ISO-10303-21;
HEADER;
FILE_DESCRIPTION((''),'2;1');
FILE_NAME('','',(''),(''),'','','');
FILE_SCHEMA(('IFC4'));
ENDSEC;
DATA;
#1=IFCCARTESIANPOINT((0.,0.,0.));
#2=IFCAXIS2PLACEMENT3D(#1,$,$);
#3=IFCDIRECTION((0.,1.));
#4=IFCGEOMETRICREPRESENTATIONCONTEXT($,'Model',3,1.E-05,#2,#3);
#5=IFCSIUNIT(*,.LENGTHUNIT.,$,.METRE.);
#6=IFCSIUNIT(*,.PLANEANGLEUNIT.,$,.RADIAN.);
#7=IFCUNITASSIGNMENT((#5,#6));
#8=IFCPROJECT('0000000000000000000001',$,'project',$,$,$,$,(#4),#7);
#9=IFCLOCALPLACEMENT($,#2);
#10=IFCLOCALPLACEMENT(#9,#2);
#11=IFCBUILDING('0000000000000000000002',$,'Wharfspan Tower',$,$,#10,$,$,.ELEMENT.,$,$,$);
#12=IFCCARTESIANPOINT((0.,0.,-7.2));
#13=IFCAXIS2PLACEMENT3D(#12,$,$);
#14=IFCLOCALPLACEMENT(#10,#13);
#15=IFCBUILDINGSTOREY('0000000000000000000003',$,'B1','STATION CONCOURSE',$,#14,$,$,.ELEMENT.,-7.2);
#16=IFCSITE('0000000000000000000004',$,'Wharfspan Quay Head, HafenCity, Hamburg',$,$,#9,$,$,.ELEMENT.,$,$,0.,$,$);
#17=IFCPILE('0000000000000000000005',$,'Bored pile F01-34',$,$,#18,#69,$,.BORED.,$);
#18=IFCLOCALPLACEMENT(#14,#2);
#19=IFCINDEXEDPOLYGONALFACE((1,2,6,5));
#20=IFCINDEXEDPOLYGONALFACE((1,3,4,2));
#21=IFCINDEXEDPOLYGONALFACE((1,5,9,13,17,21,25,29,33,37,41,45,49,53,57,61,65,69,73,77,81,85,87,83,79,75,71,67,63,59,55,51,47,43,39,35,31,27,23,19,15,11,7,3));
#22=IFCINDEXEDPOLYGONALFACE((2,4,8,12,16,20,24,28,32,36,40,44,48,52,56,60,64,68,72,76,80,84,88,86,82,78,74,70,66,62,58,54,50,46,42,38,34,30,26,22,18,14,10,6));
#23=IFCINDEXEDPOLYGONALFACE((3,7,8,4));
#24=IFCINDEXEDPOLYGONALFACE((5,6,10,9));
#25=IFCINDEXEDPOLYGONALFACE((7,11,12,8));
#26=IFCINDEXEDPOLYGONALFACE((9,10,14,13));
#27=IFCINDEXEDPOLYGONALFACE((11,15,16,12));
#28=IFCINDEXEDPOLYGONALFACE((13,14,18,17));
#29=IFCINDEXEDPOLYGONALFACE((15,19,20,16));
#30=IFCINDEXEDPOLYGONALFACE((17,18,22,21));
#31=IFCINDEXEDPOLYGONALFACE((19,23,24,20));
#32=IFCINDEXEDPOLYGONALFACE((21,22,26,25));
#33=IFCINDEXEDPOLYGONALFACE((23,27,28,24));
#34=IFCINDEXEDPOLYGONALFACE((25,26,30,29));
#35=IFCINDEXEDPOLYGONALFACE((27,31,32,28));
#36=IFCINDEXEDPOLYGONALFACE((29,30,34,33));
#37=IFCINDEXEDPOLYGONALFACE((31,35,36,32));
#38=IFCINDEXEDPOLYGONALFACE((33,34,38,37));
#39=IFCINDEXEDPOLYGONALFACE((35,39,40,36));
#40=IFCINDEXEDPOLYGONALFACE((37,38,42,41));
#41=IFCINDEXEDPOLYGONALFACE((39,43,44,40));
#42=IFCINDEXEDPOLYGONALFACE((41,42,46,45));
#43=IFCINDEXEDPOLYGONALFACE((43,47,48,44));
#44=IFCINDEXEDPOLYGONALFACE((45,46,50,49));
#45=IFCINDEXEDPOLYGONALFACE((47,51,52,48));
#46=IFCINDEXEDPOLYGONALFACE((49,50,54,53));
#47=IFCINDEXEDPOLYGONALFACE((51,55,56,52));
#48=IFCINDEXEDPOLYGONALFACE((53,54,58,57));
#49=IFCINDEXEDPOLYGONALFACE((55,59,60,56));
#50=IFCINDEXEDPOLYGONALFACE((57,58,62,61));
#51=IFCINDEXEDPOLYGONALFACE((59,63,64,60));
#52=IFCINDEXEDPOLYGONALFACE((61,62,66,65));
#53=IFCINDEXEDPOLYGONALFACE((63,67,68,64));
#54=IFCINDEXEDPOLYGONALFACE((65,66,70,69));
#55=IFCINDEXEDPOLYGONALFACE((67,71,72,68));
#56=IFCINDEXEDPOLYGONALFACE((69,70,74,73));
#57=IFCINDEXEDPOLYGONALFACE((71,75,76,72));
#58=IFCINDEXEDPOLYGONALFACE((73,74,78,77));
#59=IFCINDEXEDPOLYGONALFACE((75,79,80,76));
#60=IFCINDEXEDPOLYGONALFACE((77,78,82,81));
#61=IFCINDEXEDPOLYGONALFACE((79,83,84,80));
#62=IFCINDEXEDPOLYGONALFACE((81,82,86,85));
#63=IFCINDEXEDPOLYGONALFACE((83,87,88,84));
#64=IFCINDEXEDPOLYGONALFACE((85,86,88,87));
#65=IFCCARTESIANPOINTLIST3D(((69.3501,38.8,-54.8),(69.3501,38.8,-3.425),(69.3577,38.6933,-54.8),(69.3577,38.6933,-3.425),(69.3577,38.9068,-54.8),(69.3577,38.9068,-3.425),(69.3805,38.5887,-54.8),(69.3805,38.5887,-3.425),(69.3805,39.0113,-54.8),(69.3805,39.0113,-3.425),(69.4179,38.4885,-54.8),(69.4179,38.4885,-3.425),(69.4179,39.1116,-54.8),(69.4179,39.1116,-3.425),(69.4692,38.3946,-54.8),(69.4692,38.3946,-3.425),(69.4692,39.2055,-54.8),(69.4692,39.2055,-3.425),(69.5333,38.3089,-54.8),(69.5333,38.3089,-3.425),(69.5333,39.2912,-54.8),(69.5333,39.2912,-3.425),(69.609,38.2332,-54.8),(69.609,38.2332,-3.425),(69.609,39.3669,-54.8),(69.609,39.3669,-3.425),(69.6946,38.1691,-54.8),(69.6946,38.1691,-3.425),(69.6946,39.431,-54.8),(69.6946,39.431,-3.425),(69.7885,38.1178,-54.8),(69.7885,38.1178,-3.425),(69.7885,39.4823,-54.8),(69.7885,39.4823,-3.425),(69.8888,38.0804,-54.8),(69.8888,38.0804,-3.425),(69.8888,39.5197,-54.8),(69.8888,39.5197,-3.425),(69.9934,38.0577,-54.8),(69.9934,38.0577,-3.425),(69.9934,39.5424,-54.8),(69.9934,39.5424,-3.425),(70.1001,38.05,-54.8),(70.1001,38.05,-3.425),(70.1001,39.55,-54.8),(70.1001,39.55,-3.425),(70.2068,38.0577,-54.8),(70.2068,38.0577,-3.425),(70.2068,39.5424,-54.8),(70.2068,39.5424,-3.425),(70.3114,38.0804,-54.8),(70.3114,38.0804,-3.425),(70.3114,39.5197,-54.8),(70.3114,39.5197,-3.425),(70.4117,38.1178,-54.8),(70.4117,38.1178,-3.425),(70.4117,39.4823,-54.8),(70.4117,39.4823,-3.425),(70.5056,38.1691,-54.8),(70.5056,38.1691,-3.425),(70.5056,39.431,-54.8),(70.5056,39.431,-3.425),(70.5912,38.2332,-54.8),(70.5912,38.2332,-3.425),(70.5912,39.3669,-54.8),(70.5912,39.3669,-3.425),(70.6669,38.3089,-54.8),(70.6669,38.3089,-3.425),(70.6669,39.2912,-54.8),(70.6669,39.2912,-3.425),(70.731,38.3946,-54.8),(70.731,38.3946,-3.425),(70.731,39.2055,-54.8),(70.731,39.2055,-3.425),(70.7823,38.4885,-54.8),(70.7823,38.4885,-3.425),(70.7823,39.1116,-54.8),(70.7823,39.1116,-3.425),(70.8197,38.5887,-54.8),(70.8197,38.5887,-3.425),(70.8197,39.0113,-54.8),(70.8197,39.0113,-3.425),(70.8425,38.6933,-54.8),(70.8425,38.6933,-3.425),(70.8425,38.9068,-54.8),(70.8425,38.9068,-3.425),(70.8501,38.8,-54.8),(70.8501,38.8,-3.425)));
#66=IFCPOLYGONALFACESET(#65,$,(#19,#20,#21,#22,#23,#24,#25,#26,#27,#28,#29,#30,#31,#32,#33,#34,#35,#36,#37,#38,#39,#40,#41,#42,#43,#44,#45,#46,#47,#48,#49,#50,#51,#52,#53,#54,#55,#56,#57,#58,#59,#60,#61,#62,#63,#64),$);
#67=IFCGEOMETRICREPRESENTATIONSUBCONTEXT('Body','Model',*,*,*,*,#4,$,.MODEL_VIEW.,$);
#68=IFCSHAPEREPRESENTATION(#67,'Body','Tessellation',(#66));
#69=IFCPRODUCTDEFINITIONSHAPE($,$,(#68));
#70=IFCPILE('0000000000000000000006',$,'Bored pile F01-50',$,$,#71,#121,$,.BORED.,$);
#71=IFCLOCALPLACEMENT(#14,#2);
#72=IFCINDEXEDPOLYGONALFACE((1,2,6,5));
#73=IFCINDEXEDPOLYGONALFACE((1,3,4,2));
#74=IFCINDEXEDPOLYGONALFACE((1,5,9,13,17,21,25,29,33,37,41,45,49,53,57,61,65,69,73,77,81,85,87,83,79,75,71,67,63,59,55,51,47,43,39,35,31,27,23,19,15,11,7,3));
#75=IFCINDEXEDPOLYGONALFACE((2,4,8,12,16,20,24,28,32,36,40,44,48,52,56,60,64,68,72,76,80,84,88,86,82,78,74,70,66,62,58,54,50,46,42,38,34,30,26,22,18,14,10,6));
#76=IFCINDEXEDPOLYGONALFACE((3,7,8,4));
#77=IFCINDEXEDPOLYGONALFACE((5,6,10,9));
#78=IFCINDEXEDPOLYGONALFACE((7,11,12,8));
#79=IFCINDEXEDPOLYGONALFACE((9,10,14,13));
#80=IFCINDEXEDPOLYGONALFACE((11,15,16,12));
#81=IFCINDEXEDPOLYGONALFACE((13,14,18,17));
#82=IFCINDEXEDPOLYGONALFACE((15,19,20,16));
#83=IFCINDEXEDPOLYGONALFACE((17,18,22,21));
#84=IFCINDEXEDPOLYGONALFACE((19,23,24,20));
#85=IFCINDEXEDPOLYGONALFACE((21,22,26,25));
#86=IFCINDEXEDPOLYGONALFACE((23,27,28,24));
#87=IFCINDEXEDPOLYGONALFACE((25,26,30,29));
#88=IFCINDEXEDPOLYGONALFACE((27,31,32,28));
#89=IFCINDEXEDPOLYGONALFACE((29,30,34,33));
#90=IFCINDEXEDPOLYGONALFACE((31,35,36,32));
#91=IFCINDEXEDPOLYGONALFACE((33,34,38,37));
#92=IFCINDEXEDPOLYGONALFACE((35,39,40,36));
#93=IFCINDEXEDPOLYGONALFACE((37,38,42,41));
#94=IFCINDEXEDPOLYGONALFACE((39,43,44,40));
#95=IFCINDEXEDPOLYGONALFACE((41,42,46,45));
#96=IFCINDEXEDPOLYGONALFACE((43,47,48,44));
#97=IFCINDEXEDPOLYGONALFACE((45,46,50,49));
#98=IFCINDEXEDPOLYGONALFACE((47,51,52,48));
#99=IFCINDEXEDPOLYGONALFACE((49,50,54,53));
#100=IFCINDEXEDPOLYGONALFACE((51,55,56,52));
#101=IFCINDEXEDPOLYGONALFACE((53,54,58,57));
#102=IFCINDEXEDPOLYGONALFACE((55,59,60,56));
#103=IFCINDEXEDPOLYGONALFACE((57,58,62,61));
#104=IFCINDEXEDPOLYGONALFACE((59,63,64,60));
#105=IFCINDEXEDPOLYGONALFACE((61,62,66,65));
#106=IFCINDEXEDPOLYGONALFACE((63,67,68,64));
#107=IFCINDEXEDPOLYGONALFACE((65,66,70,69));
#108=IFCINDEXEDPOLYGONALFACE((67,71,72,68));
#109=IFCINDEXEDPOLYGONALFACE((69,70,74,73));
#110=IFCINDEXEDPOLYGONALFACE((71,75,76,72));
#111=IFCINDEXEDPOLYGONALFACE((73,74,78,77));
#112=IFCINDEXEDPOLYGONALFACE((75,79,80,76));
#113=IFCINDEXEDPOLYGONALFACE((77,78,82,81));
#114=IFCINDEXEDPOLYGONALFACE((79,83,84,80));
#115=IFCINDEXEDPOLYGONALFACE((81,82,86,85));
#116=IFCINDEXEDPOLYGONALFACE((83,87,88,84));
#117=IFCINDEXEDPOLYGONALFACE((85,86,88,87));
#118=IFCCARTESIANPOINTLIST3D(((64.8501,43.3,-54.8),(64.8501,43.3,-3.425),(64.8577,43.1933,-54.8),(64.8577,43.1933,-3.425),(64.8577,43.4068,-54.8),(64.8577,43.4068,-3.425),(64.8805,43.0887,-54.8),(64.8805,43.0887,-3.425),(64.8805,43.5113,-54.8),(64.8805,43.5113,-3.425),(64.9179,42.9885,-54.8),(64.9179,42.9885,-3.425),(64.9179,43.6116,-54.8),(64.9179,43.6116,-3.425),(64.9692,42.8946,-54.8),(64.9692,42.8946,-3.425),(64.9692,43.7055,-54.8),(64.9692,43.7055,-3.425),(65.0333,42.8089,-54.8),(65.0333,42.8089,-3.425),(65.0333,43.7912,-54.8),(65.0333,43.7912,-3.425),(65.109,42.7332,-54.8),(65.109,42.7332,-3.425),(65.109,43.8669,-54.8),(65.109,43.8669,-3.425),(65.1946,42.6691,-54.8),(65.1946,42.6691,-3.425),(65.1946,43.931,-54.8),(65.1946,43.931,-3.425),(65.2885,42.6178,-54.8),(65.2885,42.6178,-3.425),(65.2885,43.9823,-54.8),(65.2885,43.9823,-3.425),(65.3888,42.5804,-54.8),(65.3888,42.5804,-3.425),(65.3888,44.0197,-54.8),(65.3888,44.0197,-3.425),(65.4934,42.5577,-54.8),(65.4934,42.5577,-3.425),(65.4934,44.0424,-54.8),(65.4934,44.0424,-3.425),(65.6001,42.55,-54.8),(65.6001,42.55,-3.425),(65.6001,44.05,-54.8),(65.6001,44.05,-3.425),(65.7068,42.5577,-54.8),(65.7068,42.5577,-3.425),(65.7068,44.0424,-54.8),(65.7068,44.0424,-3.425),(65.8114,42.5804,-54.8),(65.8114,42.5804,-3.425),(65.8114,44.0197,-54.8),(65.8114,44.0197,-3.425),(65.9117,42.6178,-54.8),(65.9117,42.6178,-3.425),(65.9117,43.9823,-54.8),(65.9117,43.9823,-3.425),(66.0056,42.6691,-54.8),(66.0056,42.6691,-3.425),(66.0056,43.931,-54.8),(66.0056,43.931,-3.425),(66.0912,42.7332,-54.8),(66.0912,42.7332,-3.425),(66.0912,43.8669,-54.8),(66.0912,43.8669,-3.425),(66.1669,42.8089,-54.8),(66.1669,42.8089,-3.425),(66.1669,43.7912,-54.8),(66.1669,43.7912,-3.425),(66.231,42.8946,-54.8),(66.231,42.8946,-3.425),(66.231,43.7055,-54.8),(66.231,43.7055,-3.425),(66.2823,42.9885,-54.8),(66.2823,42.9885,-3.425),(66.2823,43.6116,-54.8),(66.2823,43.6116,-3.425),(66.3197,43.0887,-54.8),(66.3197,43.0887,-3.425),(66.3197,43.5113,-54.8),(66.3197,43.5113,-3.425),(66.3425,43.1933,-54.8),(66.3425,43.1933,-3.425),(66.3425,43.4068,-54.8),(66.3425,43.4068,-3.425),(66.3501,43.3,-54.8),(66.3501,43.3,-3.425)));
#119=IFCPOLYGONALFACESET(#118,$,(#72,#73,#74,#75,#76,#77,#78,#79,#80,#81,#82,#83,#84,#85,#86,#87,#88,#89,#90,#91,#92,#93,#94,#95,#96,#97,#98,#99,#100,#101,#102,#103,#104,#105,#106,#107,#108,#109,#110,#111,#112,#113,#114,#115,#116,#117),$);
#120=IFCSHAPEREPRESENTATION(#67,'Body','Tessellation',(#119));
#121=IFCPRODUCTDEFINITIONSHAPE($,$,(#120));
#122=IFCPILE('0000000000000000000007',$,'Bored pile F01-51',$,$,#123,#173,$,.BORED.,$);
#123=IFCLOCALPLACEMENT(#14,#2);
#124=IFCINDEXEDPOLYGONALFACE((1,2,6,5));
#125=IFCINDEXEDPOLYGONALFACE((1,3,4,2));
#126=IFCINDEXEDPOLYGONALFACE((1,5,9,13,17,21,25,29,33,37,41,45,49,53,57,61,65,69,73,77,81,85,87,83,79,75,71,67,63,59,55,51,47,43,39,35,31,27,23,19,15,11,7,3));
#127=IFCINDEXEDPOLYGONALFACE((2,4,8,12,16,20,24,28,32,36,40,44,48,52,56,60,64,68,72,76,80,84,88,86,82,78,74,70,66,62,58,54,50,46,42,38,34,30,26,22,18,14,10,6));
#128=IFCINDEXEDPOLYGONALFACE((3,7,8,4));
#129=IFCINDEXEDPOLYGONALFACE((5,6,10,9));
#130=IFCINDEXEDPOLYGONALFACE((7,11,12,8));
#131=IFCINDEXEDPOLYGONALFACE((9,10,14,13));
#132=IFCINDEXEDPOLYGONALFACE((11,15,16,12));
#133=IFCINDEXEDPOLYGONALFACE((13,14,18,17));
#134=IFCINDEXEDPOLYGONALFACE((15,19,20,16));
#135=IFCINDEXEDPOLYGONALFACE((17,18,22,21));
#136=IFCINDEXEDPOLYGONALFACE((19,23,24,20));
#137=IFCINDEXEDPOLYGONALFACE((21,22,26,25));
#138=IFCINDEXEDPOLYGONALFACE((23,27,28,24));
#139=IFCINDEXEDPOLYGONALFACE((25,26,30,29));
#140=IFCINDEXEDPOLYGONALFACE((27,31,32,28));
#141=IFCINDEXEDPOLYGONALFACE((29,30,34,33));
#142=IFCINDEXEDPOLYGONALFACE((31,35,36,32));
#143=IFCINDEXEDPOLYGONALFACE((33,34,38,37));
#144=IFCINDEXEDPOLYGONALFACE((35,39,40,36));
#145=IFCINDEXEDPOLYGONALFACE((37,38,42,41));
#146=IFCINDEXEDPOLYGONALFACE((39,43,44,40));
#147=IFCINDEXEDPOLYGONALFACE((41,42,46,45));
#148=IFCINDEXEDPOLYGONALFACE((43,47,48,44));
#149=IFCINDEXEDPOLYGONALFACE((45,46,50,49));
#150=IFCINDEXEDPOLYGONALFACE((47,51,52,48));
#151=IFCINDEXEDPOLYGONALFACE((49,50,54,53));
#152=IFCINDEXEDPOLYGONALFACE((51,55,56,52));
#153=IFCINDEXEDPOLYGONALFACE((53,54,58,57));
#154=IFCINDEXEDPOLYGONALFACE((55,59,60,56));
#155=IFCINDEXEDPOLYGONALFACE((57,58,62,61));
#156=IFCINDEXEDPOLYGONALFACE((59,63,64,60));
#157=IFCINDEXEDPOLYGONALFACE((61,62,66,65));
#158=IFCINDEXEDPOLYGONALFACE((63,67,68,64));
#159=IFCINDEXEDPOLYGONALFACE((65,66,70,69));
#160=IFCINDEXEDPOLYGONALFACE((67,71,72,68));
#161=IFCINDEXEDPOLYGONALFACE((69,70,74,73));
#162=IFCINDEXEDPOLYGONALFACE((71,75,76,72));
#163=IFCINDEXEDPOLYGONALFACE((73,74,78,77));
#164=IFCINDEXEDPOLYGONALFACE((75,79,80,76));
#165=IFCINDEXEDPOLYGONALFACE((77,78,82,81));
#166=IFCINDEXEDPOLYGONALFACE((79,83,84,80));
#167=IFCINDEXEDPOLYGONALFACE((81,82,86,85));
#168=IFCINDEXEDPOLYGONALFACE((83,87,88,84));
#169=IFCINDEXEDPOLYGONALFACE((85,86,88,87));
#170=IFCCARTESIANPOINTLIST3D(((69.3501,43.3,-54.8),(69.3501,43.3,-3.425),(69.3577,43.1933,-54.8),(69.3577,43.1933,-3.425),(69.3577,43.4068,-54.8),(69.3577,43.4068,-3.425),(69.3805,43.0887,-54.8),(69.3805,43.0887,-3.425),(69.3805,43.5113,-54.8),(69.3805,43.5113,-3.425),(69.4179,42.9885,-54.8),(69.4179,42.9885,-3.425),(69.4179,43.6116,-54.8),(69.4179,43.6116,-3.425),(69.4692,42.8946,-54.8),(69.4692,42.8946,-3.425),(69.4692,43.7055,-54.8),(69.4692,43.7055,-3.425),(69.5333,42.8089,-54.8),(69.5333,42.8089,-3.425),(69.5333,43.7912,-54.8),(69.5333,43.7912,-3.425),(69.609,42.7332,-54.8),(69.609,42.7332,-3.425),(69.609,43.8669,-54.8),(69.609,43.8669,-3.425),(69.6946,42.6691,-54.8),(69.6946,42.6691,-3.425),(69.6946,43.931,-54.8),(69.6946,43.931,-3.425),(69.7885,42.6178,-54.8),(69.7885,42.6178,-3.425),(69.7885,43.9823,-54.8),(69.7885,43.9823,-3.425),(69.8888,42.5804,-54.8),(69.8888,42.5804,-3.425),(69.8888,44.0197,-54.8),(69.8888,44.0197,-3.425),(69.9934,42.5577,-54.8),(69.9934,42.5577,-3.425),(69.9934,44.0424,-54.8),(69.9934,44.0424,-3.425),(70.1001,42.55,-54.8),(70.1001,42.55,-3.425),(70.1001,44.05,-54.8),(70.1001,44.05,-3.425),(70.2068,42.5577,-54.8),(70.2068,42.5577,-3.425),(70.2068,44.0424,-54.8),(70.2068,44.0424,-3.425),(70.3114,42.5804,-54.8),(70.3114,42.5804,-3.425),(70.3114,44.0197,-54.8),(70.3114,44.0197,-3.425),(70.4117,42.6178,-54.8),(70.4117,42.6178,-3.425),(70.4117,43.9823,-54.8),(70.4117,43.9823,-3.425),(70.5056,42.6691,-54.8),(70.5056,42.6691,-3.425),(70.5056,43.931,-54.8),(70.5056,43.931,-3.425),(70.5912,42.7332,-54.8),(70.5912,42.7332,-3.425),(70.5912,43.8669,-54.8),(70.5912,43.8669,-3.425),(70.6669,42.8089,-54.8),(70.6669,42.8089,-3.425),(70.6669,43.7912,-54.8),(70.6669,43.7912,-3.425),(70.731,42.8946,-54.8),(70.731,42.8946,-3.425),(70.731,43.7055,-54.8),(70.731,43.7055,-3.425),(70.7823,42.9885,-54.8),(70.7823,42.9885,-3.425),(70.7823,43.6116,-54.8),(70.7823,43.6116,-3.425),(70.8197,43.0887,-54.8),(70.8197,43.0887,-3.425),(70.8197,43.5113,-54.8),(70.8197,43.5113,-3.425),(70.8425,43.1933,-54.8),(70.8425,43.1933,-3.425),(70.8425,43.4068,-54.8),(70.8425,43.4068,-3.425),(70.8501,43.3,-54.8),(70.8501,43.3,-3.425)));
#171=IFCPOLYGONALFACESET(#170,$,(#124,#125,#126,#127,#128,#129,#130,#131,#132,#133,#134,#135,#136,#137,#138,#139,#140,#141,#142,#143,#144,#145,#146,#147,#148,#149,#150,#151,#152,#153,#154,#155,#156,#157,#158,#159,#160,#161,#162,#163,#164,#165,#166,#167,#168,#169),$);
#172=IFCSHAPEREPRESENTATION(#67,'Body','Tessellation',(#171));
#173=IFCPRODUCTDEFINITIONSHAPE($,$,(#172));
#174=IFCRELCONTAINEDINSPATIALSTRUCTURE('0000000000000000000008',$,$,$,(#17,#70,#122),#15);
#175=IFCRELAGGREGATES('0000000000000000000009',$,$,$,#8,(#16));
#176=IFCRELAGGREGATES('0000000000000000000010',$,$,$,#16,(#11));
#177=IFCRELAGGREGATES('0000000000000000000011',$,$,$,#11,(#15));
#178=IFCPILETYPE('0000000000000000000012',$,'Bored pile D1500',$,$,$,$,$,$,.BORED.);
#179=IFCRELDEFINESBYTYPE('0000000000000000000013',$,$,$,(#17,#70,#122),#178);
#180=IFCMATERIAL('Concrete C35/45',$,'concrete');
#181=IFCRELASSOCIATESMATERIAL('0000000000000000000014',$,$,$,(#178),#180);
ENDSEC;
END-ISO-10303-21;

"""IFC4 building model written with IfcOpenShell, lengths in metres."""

from ifc_helpers import new_model, si_unit, direction, frame, origin, origin_2d, place, context, subcontext, project, spatial, circle, extrude, material, material_profile, profile_set, type_object, element, save


model = new_model("IFC4")

# Units and contexts
model_context = context("Model", 3, precision=1e-05, world=origin(), true_north=direction((0.0, 1.0)))
body_context = subcontext(model_context, "Body", "Model", "MODEL_VIEW")
ifc_project = project(units=[si_unit("LENGTHUNIT", "METRE"), si_unit("PLANEANGLEUNIT", "RADIAN")], contexts=[model_context])

# Site, building, storey
site_placement = place(None, origin())
site = spatial("IfcSite", under=ifc_project, at=site_placement, Name="Wharfspan Quay Head, HafenCity, Hamburg", CompositionType="ELEMENT", RefElevation=0.0)
building_placement = place(site_placement, origin())
building = spatial("IfcBuilding", under=site, at=building_placement, Name="Wharfspan Tower", CompositionType="ELEMENT")
storey_placement = place(building_placement, frame((0.0, 0.0, -7.2)))
storey = spatial("IfcBuildingStorey", under=building, at=storey_placement, Name="B1", Description="STATION CONCOURSE", CompositionType="ELEMENT", Elevation=-7.2)

# Piles
ifc_material_1 = material(Name="Concrete C35/45", Category="concrete")
ifc_material_profile_1 = material_profile(ifc_material_1, circle(Radius=0.75, at=origin_2d()))
ifc_profile_set_1 = profile_set([ifc_material_profile_1], Name="Concrete C35/45")
pile_type = type_object("IfcPileType", Name="Bored pile D1500", PredefinedType="BORED", material=ifc_profile_set_1)
for number, where, z_axis, x_axis, name in (
    (1, (70.1001, 38.8, -3.425), (0.0, 0.0, -1.0), (1.0, 0.0, 0.0), "Bored pile F01-34"),
    (2, (65.6001, 43.3, -3.425), (0.0, 0.0, -1.0), (1.0, 0.0, 0.0), "Bored pile F01-50"),
    (3, (70.1001, 43.3, -3.425), (0.0, 0.0, -1.0), (1.0, 0.0, 0.0), "Bored pile F01-51"),
):
    element("IfcPile", number, at=place(storey_placement, frame(where, z_axis=z_axis, x_axis=x_axis)), inside=storey, type_object=pile_type, Name=name, PredefinedType="BORED", context=body_context, shape_type="SweptSolid", body=[
        extrude(circle(Radius=0.75, at=origin_2d()), origin(), (0.0, 0.0, 1.0), 51.375),
    ])

save(model, "model.ifc")
